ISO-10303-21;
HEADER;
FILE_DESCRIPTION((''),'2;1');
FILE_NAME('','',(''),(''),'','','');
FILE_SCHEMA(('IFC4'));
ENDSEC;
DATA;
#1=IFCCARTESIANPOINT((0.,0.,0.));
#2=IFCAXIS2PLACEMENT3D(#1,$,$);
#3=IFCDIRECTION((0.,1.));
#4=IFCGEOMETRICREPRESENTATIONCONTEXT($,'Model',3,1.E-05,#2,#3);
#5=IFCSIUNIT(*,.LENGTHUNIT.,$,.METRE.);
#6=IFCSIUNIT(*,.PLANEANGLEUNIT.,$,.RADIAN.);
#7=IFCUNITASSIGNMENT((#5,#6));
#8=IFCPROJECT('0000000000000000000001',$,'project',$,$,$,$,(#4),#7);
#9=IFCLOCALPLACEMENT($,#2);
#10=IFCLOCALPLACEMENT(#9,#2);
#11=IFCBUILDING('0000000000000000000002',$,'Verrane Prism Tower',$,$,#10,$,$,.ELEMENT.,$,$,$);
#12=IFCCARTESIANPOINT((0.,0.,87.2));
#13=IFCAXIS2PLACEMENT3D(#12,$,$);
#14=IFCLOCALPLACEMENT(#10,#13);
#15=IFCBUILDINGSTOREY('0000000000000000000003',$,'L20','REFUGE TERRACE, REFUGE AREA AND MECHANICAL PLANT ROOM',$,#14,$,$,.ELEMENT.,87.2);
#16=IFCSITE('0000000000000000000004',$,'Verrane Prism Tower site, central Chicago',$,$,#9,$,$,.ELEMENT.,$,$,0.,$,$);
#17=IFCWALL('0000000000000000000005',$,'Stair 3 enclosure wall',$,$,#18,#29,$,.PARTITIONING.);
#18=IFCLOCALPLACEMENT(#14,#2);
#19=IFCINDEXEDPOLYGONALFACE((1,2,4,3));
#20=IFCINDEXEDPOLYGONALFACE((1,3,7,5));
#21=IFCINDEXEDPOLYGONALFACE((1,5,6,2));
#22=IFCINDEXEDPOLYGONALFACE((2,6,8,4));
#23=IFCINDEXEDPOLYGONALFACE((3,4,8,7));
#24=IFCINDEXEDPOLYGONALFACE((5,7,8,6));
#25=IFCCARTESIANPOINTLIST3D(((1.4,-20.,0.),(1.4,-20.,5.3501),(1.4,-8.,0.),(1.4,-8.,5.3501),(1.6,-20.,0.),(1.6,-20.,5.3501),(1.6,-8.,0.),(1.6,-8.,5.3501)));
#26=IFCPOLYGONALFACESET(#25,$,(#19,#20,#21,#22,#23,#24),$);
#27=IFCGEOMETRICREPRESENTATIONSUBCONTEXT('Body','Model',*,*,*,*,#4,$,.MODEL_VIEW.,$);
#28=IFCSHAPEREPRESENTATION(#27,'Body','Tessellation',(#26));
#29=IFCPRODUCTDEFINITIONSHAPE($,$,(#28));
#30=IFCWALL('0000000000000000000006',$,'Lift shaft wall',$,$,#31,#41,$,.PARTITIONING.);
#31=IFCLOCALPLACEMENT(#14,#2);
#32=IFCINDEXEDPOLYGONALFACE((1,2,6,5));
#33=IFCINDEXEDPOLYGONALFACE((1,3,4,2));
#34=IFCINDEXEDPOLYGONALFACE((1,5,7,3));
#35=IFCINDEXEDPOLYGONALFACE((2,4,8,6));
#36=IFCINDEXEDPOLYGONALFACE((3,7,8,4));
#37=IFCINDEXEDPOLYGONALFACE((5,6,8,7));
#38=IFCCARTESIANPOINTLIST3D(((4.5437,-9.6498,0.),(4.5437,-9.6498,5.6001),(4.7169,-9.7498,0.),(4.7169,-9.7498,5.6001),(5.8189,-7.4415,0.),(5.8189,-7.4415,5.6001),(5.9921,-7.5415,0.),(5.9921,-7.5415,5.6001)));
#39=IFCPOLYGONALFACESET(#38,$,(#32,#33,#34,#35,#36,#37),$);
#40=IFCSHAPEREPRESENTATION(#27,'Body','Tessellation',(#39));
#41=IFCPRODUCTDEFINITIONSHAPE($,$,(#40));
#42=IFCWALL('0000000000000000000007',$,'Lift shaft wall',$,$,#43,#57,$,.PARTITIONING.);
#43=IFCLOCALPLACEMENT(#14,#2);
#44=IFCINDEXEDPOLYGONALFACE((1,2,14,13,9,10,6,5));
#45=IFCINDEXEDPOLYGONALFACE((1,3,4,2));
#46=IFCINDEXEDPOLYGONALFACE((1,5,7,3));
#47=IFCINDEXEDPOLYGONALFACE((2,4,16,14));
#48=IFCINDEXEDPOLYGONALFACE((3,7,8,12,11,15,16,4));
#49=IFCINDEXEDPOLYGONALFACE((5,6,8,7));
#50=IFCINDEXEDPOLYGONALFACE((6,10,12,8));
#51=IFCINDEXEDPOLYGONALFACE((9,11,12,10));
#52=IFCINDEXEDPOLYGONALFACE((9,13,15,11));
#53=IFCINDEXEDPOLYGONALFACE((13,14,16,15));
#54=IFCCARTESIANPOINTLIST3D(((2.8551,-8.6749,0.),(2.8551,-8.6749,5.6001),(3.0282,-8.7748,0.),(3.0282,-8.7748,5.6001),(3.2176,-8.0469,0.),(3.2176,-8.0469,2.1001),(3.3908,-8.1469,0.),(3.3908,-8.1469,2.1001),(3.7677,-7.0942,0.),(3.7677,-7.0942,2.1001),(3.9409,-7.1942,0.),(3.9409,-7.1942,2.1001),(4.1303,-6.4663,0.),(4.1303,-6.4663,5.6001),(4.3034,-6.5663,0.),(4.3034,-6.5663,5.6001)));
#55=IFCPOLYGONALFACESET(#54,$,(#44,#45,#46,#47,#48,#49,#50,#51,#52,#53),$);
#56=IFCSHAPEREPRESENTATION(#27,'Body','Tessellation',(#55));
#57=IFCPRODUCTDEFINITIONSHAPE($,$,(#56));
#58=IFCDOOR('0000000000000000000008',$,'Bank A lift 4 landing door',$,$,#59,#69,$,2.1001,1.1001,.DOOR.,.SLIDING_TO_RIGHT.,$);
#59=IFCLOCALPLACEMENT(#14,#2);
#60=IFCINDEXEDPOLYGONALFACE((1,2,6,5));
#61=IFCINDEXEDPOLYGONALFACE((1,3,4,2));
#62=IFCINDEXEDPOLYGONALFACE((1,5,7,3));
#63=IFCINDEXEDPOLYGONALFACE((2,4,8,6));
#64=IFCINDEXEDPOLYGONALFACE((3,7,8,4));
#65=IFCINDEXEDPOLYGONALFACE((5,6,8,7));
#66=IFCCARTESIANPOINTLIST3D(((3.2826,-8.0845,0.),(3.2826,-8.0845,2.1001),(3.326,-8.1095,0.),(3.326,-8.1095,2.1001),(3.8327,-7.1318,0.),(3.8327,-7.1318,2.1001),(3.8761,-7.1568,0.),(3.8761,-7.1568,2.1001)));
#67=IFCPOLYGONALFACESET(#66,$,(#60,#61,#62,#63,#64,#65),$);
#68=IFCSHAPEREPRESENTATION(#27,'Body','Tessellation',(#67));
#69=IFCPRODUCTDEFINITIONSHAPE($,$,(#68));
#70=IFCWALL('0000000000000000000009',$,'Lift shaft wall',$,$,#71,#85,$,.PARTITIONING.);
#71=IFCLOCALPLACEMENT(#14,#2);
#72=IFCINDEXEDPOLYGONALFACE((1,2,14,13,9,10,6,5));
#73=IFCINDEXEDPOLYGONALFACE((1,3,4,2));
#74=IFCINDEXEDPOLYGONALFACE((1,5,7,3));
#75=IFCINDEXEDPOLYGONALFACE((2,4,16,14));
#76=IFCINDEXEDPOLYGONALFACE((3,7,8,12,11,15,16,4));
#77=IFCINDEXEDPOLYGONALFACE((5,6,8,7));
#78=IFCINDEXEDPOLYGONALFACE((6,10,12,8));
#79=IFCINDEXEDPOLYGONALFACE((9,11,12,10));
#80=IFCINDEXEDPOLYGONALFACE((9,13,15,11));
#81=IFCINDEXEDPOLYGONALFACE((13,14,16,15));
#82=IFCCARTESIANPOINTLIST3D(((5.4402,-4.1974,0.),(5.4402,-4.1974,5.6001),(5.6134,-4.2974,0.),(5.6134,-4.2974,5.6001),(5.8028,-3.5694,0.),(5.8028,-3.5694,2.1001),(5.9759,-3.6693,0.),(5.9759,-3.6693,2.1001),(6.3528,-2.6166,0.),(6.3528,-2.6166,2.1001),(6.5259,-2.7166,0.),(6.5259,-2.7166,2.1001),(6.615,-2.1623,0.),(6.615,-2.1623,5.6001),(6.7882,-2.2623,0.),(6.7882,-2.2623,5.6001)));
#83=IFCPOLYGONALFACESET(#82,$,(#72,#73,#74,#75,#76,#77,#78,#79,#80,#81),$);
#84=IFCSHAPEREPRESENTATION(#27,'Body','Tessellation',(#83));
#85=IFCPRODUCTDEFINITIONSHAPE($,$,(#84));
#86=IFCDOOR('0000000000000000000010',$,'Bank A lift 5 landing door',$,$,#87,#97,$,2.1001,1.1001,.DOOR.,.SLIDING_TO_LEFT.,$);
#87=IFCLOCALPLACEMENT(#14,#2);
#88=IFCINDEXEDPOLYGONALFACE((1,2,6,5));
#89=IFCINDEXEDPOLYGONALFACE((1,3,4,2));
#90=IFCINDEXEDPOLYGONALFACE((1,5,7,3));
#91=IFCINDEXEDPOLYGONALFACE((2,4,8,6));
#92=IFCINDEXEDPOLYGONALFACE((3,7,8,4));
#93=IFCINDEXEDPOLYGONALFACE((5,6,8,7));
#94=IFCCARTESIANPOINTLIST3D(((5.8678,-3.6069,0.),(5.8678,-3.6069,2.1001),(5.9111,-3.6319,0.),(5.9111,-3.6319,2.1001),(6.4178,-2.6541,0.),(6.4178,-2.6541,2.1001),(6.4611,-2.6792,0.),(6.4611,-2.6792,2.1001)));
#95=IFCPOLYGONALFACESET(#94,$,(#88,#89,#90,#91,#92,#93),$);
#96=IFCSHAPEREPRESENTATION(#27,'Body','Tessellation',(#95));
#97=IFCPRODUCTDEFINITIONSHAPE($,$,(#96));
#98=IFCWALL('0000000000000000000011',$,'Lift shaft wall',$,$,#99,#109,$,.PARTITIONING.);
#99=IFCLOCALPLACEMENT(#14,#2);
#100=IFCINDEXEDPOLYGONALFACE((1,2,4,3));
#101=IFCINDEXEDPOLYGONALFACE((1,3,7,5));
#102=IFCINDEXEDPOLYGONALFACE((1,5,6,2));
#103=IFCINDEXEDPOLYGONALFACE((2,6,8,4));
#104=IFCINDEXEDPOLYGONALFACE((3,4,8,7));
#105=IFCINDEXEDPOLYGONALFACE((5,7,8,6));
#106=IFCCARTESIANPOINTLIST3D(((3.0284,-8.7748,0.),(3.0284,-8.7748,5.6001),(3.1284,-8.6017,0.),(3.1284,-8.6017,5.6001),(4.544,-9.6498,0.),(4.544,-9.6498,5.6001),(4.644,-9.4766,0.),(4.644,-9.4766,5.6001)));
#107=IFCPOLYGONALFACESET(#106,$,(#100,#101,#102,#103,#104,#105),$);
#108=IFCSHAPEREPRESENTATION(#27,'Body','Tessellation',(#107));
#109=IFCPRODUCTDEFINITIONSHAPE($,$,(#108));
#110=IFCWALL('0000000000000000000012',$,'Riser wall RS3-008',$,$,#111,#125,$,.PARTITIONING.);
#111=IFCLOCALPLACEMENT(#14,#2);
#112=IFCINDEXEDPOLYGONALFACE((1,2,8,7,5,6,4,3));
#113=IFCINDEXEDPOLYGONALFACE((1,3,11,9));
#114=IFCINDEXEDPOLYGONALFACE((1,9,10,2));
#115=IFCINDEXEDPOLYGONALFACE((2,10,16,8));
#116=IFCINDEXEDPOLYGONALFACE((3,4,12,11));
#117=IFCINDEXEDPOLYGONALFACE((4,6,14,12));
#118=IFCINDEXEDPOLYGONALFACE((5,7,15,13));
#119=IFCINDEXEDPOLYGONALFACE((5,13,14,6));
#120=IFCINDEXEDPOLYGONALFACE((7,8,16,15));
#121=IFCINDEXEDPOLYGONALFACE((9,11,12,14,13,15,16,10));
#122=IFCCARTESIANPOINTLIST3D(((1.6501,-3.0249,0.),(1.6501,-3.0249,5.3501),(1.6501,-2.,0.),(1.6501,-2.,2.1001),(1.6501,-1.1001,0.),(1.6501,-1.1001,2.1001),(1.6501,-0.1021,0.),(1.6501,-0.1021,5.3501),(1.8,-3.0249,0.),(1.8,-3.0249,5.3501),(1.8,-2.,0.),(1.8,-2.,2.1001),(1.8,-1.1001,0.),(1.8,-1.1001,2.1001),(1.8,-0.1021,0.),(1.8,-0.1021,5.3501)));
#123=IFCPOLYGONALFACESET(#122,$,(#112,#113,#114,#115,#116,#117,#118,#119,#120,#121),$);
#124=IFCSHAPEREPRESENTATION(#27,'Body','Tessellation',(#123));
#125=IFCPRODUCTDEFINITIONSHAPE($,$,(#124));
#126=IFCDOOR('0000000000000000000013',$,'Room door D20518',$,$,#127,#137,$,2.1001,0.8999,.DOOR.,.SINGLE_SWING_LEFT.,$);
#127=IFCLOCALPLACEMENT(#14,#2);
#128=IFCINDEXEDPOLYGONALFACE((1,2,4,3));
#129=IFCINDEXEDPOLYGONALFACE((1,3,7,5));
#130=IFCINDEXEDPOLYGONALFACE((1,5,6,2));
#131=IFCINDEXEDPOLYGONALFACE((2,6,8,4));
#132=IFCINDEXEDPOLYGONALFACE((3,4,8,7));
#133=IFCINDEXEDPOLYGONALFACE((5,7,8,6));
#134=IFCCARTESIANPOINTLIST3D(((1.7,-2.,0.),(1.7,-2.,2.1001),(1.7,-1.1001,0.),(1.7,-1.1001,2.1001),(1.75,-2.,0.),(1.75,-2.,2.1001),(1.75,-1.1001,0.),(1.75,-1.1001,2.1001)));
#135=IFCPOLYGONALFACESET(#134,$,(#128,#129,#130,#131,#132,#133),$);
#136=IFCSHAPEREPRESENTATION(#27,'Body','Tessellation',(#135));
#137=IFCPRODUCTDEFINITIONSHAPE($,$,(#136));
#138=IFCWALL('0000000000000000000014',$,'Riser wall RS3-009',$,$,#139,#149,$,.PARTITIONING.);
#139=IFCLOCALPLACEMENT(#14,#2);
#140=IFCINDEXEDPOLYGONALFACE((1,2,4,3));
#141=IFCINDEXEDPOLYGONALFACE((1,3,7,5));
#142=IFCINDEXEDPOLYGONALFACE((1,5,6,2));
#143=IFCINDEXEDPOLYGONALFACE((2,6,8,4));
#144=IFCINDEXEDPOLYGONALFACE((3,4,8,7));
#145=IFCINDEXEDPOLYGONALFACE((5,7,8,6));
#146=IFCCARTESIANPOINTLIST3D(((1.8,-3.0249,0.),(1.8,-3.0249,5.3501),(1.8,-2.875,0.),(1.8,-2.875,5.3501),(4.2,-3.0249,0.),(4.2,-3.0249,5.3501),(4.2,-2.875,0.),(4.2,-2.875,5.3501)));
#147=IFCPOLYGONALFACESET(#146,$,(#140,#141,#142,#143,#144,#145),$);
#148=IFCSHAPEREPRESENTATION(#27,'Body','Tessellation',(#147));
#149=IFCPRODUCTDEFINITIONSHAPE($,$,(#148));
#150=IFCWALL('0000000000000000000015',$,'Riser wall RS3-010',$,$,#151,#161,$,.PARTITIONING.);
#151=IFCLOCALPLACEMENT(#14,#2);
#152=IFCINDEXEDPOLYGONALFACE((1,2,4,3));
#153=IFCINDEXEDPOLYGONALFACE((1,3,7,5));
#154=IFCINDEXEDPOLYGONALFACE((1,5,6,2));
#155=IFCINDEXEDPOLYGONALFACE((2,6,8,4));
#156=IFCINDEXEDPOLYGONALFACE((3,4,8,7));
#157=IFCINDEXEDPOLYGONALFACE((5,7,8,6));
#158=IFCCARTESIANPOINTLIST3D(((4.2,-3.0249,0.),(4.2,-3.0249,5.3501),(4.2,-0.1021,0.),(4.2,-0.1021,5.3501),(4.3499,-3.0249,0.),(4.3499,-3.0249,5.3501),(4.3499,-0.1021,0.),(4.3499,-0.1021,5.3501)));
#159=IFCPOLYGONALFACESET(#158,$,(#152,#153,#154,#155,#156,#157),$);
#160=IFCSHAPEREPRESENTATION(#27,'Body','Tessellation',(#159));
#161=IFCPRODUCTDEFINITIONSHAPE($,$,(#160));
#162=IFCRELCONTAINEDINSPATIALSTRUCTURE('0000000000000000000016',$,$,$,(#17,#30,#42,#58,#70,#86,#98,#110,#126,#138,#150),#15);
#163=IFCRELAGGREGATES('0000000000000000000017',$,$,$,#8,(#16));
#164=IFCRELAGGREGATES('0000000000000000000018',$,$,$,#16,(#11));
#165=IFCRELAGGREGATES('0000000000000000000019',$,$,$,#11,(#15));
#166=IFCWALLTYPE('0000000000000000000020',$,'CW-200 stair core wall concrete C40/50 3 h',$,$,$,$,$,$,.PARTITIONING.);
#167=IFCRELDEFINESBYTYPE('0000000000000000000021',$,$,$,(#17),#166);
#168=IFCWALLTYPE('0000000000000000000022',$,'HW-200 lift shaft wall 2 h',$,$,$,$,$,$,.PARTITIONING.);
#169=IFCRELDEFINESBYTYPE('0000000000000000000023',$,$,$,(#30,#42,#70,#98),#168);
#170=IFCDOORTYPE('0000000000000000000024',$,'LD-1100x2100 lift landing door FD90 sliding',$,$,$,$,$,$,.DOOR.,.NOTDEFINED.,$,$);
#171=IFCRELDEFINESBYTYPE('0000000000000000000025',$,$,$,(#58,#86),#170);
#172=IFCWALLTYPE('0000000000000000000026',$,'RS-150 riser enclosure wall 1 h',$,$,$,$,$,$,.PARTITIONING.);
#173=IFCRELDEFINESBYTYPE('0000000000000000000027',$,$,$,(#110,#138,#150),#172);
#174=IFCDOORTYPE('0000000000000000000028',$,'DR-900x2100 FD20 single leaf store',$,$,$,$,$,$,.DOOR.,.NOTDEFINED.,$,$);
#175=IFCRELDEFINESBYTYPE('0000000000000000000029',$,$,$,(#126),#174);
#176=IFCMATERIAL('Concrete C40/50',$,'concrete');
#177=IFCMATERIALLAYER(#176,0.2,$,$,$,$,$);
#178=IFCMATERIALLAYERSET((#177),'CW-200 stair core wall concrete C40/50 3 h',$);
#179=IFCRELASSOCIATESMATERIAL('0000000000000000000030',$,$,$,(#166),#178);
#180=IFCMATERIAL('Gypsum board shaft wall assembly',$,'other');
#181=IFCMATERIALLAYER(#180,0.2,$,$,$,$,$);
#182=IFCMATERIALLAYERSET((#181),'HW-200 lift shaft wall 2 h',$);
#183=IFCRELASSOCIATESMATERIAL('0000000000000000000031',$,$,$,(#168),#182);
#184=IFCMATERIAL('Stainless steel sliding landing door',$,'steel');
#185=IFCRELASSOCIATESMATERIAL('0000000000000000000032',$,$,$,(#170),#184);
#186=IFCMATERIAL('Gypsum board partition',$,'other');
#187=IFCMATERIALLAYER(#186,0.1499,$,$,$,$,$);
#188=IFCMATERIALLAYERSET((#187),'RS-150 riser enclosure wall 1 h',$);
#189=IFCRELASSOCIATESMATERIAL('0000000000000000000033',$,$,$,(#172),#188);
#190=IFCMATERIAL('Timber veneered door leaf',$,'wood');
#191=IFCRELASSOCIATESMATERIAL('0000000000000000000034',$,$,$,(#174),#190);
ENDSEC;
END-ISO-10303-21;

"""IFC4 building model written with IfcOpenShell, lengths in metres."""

from ifc_helpers import new_model, si_unit, direction, frame, frame_2d, origin, place, context, subcontext, project, spatial, rectangle, extrude, material, layer, layer_set, type_object, element, fill, save


model = new_model("IFC4")

# Units and contexts
model_context = context("Model", 3, precision=1e-05, world=origin(), true_north=direction((0.0, 1.0)))
body_context = subcontext(model_context, "Body", "Model", "MODEL_VIEW")
ifc_project = project(units=[si_unit("LENGTHUNIT", "METRE"), si_unit("PLANEANGLEUNIT", "RADIAN")], contexts=[model_context])

# Site, building, storey
site_placement = place(None, origin())
site = spatial("IfcSite", under=ifc_project, at=site_placement, Name="Verrane Prism Tower site, central Chicago", CompositionType="ELEMENT", RefElevation=0.0)
building_placement = place(site_placement, origin())
building = spatial("IfcBuilding", under=site, at=building_placement, Name="Verrane Prism Tower", CompositionType="ELEMENT")
storey_placement = place(building_placement, frame((0.0, 0.0, 87.2)))
storey = spatial("IfcBuildingStorey", under=building, at=storey_placement, Name="L20", Description="REFUGE TERRACE, REFUGE AREA AND MECHANICAL PLANT ROOM", CompositionType="ELEMENT", Elevation=87.2)

# Walls
ifc_material_1 = material(Name="Concrete C40/50", Category="concrete")
ifc_layer_1 = layer(ifc_material_1, 0.2)
ifc_layer_set_1 = layer_set([ifc_layer_1], Name="CW-200 stair core wall concrete C40/50 3 h")
wall_type_1 = type_object("IfcWallType", Name="CW-200 stair core wall concrete C40/50 3 h", PredefinedType="PARTITIONING", material=ifc_layer_set_1)
wall_1_placement = place(storey_placement, frame((1.5, -8.0, 0.0), z_axis=(0.0, 0.0, 1.0), x_axis=(0.0, -1.0, 0.0)))
element("IfcWall", 1, at=wall_1_placement, inside=storey, type_object=wall_type_1, Name="Stair 3 enclosure wall", PredefinedType="PARTITIONING", context=body_context, shape_type="SweptSolid", body=[
    extrude(rectangle(XDim=12.0, YDim=0.2, at=frame_2d((6.0, 0.0))), origin(), (0.0, 0.0, 1.0), 5.3501),
])
ifc_material_2 = material(Name="Gypsum board shaft wall assembly", Category="other")
ifc_layer_2 = layer(ifc_material_2, 0.2)
ifc_layer_set_2 = layer_set([ifc_layer_2], Name="HW-200 lift shaft wall 2 h")
wall_type_2 = type_object("IfcWallType", Name="HW-200 lift shaft wall 2 h", PredefinedType="PARTITIONING", material=ifc_layer_set_2)
wall_2_placement = place(storey_placement, frame((4.6304, -9.6997, 0.0), z_axis=(0.0, 0.0, 1.0), x_axis=(0.500062, 0.865989, 0.0)))
element("IfcWall", 2, at=wall_2_placement, inside=storey, type_object=wall_type_2, Name="Lift shaft wall", PredefinedType="PARTITIONING", context=body_context, shape_type="SweptSolid", body=[
    extrude(rectangle(XDim=2.55, YDim=0.2, at=frame_2d((1.2749, 0.0))), origin(), (0.0, 0.0, 1.0), 5.6001),
])

# Walls, openings, doors
wall_3_placement = place(storey_placement, frame((2.9417, -8.7249, 0.0), z_axis=(0.0, 0.0, 1.0), x_axis=(0.500021, 0.866013, 0.0)))
wall_3 = element("IfcWall", 3, at=wall_3_placement, inside=storey, type_object=wall_type_2, Name="Lift shaft wall", PredefinedType="PARTITIONING", context=body_context, shape_type="SweptSolid", body=[
    extrude(rectangle(XDim=2.5503, YDim=0.2, at=frame_2d((1.2751, 0.0))), origin(), (0.0, 0.0, 1.0), 5.6001),
])
opening_1_placement = place(wall_3_placement, frame((0.7251, 0.0, 0.0)))
opening_1 = element("IfcOpeningElement", 4, at=opening_1_placement, cuts=wall_3, PredefinedType="OPENING", context=body_context, shape_type="SweptSolid", body=[
    extrude(rectangle(XDim=1.1001, YDim=2.1001, at=frame_2d((0.55, 1.05))), frame((0.0, 0.1099, 0.0), z_axis=(0.0, -1.0, 0.0), x_axis=(1.0, 0.0, 0.0)), (0.0, 0.0, 1.0), 0.22),
])
ifc_material_3 = material(Name="Stainless steel sliding landing door", Category="steel")
door_type_1 = type_object("IfcDoorType", Name="LD-1100x2100 lift landing door FD90 sliding", OperationType="NOTDEFINED", PredefinedType="DOOR", material=ifc_material_3)
door_1_placement = place(opening_1_placement, origin())
door_1 = element("IfcDoor", 5, at=door_1_placement, inside=storey, type_object=door_type_1, Name="Bank A lift 4 landing door", OperationType="SLIDING_TO_RIGHT", OverallHeight=2.1001, OverallWidth=1.1001, PredefinedType="DOOR", context=body_context, shape_type="SweptSolid", body=[
    extrude(rectangle(XDim=1.1001, YDim=2.1001, at=frame_2d((0.55, 1.05))), frame((0.0, 0.0249, 0.0), z_axis=(0.0, -1.0, 0.0), x_axis=(1.0, 0.0, 0.0)), (0.0, 0.0, 1.0), 0.05),
])
fill(opening_1, door_1)
wall_4_placement = place(storey_placement, frame((5.5269, -4.2473, 0.0), z_axis=(0.0, 0.0, 1.0), x_axis=(0.499938, 0.866061, 0.0)))
wall_4 = element("IfcWall", 6, at=wall_4_placement, inside=storey, type_object=wall_type_2, Name="Lift shaft wall", PredefinedType="PARTITIONING", context=body_context, shape_type="SweptSolid", body=[
    extrude(rectangle(XDim=2.3499, YDim=0.2, at=frame_2d((1.1748, 0.0))), origin(), (0.0, 0.0, 1.0), 5.6001),
])
opening_2_placement = place(wall_4_placement, frame((0.7251, 0.0, 0.0)))
opening_2 = element("IfcOpeningElement", 7, at=opening_2_placement, cuts=wall_4, PredefinedType="OPENING", context=body_context, shape_type="SweptSolid", body=[
    extrude(rectangle(XDim=1.1001, YDim=2.1001, at=frame_2d((0.55, 1.05))), frame((0.0, 0.1099, 0.0), z_axis=(0.0, -1.0, 0.0), x_axis=(1.0, 0.0, 0.0)), (0.0, 0.0, 1.0), 0.22),
])
door_2_placement = place(opening_2_placement, origin())
door_2 = element("IfcDoor", 8, at=door_2_placement, inside=storey, type_object=door_type_1, Name="Bank A lift 5 landing door", OperationType="SLIDING_TO_LEFT", OverallHeight=2.1001, OverallWidth=1.1001, PredefinedType="DOOR", context=body_context, shape_type="SweptSolid", body=[
    extrude(rectangle(XDim=1.1001, YDim=2.1001, at=frame_2d((0.55, 1.05))), frame((0.0, 0.0249, 0.0), z_axis=(0.0, -1.0, 0.0), x_axis=(1.0, 0.0, 0.0)), (0.0, 0.0, 1.0), 0.05),
])
fill(opening_2, door_2)

# Wall
wall_5_placement = place(storey_placement, frame((4.594, -9.5632, 0.0), z_axis=(0.0, 0.0, 1.0), x_axis=(-0.866037, 0.49998, 0.0)))
element("IfcWall", 9, at=wall_5_placement, inside=storey, type_object=wall_type_2, Name="Lift shaft wall", PredefinedType="PARTITIONING", context=body_context, shape_type="SweptSolid", body=[
    extrude(rectangle(XDim=1.75, YDim=0.2, at=frame_2d((0.875, 0.0))), origin(), (0.0, 0.0, 1.0), 5.6001),
])

# Wall, opening, door
ifc_material_4 = material(Name="Gypsum board partition", Category="other")
ifc_layer_3 = layer(ifc_material_4, 0.1499)
ifc_layer_set_3 = layer_set([ifc_layer_3], Name="RS-150 riser enclosure wall 1 h")
wall_type_3 = type_object("IfcWallType", Name="RS-150 riser enclosure wall 1 h", PredefinedType="PARTITIONING", material=ifc_layer_set_3)
wall_6_placement = place(storey_placement, frame((1.7251, -0.1021, 0.0), z_axis=(0.0, 0.0, 1.0), x_axis=(0.0, -1.0, 0.0)))
wall_6 = element("IfcWall", 10, at=wall_6_placement, inside=storey, type_object=wall_type_3, Name="Riser wall RS3-008", PredefinedType="PARTITIONING", context=body_context, shape_type="SweptSolid", body=[
    extrude(rectangle(XDim=2.9229, YDim=0.1499, at=frame_2d((1.4614, 0.0))), origin(), (0.0, 0.0, 1.0), 5.3501),
])
opening_3_placement = place(wall_6_placement, frame((0.998, 0.0, 0.0)))
opening_3 = element("IfcOpeningElement", 11, at=opening_3_placement, cuts=wall_6, PredefinedType="OPENING", context=body_context, shape_type="SweptSolid", body=[
    extrude(rectangle(XDim=0.8999, YDim=2.1001, at=frame_2d((0.45, 1.05))), frame((0.0, 0.085, 0.0), z_axis=(0.0, -1.0, 0.0), x_axis=(1.0, 0.0, 0.0)), (0.0, 0.0, 1.0), 0.1699),
])
ifc_material_5 = material(Name="Timber veneered door leaf", Category="wood")
door_type_2 = type_object("IfcDoorType", Name="DR-900x2100 FD20 single leaf store", OperationType="NOTDEFINED", PredefinedType="DOOR", material=ifc_material_5)
door_3_placement = place(opening_3_placement, origin())
door_3 = element("IfcDoor", 12, at=door_3_placement, inside=storey, type_object=door_type_2, Name="Room door D20518", OperationType="SINGLE_SWING_LEFT", OverallHeight=2.1001, OverallWidth=0.8999, PredefinedType="DOOR", context=body_context, shape_type="SweptSolid", body=[
    extrude(rectangle(XDim=0.8999, YDim=2.1001, at=frame_2d((0.45, 1.05))), frame((0.0, 0.0249, 0.0), z_axis=(0.0, -1.0, 0.0), x_axis=(1.0, 0.0, 0.0)), (0.0, 0.0, 1.0), 0.05),
])
fill(opening_3, door_3)

# Walls
wall_7_placement = place(storey_placement, frame((1.8, -2.95, 0.0), z_axis=(0.0, 0.0, 1.0), x_axis=(1.0, 0.0, 0.0)))
element("IfcWall", 13, at=wall_7_placement, inside=storey, type_object=wall_type_3, Name="Riser wall RS3-009", PredefinedType="PARTITIONING", context=body_context, shape_type="SweptSolid", body=[
    extrude(rectangle(XDim=2.3999, YDim=0.1499, at=frame_2d((1.2, 0.0))), origin(), (0.0, 0.0, 1.0), 5.3501),
])
wall_8_placement = place(storey_placement, frame((4.2749, -3.0249, 0.0), z_axis=(0.0, 0.0, 1.0), x_axis=(0.0, 1.0, 0.0)))
element("IfcWall", 14, at=wall_8_placement, inside=storey, type_object=wall_type_3, Name="Riser wall RS3-010", PredefinedType="PARTITIONING", context=body_context, shape_type="SweptSolid", body=[
    extrude(rectangle(XDim=2.9229, YDim=0.1499, at=frame_2d((1.4614, 0.0))), origin(), (0.0, 0.0, 1.0), 5.3501),
])

save(model, "model.ifc")
